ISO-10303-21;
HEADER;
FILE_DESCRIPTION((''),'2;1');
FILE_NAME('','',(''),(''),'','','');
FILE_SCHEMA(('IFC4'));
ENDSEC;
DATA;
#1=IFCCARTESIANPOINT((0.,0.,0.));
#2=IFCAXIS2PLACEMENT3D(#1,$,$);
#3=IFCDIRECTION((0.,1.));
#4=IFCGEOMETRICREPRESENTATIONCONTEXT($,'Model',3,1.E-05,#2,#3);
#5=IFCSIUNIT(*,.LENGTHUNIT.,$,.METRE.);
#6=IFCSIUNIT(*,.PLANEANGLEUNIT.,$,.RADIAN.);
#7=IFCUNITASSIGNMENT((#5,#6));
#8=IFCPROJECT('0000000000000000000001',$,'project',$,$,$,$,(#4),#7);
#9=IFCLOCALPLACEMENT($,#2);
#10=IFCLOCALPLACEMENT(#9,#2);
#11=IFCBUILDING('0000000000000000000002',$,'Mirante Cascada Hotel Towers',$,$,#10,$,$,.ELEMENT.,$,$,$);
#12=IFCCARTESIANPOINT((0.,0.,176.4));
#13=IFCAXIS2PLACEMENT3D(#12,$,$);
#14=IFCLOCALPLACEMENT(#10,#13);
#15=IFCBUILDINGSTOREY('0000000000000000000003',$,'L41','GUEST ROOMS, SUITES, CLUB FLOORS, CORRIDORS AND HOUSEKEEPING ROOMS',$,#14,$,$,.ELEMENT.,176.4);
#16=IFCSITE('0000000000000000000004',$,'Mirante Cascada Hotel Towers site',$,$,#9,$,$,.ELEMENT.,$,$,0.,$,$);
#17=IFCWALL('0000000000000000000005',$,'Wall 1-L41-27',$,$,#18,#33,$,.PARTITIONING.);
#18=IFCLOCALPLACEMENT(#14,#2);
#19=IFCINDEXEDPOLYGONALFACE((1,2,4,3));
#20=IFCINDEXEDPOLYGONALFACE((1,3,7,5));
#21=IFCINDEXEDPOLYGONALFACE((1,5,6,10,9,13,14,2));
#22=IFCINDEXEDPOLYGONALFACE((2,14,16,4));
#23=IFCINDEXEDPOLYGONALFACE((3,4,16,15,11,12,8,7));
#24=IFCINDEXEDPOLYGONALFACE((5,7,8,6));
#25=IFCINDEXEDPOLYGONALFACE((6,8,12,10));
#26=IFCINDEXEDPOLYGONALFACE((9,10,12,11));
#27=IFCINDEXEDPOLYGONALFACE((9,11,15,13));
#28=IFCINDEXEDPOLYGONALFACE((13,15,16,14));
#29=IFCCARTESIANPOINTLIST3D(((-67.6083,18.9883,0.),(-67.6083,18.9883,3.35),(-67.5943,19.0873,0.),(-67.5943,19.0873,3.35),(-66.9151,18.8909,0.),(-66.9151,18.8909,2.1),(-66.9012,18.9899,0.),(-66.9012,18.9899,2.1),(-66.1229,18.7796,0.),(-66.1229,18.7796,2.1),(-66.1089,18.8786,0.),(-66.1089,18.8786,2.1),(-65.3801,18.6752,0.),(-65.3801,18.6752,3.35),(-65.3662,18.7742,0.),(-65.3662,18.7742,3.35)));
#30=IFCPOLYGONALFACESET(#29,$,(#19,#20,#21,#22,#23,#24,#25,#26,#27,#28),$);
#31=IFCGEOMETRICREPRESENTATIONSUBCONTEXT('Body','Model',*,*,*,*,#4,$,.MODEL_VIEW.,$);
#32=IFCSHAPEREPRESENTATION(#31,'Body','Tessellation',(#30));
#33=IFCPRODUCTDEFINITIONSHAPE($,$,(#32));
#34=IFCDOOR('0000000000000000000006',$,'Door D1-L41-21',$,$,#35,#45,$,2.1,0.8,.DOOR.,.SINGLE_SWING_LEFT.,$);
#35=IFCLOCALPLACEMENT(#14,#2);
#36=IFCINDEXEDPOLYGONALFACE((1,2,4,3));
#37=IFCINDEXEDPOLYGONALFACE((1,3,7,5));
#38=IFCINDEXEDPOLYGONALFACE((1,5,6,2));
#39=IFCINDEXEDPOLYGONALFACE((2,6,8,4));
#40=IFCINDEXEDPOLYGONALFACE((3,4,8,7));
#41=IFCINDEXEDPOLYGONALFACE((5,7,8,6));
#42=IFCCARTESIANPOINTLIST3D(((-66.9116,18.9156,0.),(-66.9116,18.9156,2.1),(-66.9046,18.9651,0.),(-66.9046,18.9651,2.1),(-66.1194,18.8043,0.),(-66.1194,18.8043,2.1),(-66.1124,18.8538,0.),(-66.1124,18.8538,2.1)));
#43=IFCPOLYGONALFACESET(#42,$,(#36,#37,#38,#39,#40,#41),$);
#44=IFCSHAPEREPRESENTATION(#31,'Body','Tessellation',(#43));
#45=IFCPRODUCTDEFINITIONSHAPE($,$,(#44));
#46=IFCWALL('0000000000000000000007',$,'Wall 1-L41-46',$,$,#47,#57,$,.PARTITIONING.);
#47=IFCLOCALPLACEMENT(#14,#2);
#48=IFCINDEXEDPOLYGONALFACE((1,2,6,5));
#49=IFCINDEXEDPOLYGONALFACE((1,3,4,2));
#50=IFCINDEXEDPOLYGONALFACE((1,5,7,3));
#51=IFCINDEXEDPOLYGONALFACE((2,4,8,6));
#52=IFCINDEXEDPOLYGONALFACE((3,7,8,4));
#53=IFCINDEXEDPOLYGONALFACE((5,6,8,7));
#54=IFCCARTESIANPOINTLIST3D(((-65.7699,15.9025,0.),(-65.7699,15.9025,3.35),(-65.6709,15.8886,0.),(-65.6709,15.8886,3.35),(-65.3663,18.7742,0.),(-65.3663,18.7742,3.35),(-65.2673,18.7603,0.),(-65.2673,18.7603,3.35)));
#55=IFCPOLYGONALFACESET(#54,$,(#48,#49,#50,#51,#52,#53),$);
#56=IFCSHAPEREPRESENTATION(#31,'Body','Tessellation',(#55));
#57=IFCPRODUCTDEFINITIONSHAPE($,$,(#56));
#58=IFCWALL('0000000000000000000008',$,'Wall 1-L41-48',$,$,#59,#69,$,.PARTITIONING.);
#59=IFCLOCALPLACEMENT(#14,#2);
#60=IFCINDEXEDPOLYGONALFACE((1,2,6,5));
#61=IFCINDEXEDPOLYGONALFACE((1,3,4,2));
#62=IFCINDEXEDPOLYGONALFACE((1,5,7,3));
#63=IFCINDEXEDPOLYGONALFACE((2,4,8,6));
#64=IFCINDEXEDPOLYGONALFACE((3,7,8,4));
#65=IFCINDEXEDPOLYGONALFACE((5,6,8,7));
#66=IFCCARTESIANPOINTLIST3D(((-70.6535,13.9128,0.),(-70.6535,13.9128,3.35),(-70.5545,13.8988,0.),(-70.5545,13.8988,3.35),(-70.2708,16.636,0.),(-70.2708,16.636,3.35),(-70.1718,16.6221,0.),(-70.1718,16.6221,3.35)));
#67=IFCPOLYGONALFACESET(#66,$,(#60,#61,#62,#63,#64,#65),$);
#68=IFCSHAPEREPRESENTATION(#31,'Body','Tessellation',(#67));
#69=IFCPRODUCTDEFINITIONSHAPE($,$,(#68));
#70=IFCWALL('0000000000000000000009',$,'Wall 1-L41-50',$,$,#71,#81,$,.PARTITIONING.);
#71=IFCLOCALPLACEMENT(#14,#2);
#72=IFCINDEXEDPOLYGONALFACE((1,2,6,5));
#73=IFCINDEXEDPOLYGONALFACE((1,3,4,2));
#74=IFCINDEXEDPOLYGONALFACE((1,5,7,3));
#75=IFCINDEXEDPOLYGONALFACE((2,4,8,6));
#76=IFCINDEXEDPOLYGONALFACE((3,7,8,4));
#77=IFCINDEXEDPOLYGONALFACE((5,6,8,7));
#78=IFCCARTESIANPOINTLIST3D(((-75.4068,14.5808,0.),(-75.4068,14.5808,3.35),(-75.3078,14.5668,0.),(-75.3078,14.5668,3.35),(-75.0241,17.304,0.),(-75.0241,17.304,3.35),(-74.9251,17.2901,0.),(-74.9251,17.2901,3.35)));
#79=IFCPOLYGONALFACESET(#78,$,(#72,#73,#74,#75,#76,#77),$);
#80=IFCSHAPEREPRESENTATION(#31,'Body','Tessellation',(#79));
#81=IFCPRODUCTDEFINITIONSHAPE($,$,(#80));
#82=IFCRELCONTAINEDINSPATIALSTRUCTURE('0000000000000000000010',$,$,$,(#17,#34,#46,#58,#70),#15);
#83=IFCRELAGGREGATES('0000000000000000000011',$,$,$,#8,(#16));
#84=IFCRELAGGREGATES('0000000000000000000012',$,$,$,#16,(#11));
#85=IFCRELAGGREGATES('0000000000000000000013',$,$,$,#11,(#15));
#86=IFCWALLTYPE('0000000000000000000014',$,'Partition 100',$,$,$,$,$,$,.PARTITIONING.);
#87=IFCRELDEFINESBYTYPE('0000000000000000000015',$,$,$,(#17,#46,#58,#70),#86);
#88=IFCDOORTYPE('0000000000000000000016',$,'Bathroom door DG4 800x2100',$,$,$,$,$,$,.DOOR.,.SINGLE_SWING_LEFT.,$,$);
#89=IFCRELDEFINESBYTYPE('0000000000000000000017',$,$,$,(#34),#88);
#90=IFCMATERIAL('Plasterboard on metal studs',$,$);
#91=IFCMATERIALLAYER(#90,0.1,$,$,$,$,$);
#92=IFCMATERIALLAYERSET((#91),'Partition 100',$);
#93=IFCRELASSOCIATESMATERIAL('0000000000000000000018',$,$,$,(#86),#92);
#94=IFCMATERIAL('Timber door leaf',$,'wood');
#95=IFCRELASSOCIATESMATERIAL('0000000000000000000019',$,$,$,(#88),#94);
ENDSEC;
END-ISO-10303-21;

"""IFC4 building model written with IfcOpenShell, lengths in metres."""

from ifc_helpers import new_model, si_unit, direction, frame, frame_2d, origin, place, context, subcontext, project, spatial, rectangle, extrude, material, layer, layer_set, type_object, element, fill, save


model = new_model("IFC4")

# Units and contexts
model_context = context("Model", 3, precision=1e-05, world=origin(), true_north=direction((0.0, 1.0)))
body_context = subcontext(model_context, "Body", "Model", "MODEL_VIEW")
ifc_project = project(units=[si_unit("LENGTHUNIT", "METRE"), si_unit("PLANEANGLEUNIT", "RADIAN")], contexts=[model_context])

# Site, building, storey
site_placement = place(None, origin())
site = spatial("IfcSite", under=ifc_project, at=site_placement, Name="Mirante Cascada Hotel Towers site", CompositionType="ELEMENT", RefElevation=0.0)
building_placement = place(site_placement, origin())
building = spatial("IfcBuilding", under=site, at=building_placement, Name="Mirante Cascada Hotel Towers", CompositionType="ELEMENT")
storey_placement = place(building_placement, frame((0.0, 0.0, 176.4)))
storey = spatial("IfcBuildingStorey", under=building, at=storey_placement, Name="L41", Description="GUEST ROOMS, SUITES, CLUB FLOORS, CORRIDORS AND HOUSEKEEPING ROOMS", CompositionType="ELEMENT", Elevation=176.4)

# Shared definitions
ifc_material_1 = material(Name="Plasterboard on metal studs")
ifc_layer_1 = layer(ifc_material_1, 0.1)
ifc_layer_set_1 = layer_set([ifc_layer_1], Name="Partition 100")
wall_type_1 = type_object("IfcWallType", Name="Partition 100", PredefinedType="PARTITIONING", material=ifc_layer_set_1)

# Shared definitions
ifc_material_2 = material(Name="Timber door leaf", Category="wood")
door_type = type_object("IfcDoorType", Name="Bathroom door DG4 800x2100", OperationType="SINGLE_SWING_LEFT", PredefinedType="DOOR", material=ifc_material_2)

# Wall, opening, door
wall_1_placement = place(storey_placement, frame((-67.6013, 19.0378, 0.0), z_axis=(0.0, 0.0, 1.0), x_axis=(0.990271, -0.139156, 0.0)))
wall_1 = element("IfcWall", 1, at=wall_1_placement, inside=storey, type_object=wall_type_1, Name="Wall 1-L41-27", PredefinedType="PARTITIONING", context=body_context, shape_type="SweptSolid", body=[
    extrude(rectangle(XDim=2.25, YDim=0.1, at=frame_2d((1.125, 0.0))), origin(), (0.0, 0.0, 1.0), 3.35),
])
opening_1_placement = place(wall_1_placement, frame((0.7, 0.0, 0.0)))
opening_1 = element("IfcOpeningElement", 2, at=opening_1_placement, cuts=wall_1, PredefinedType="OPENING", context=body_context, shape_type="SweptSolid", body=[
    extrude(rectangle(XDim=0.8, YDim=2.1, at=frame_2d((0.4, 1.05))), frame((0.0, 0.05, 0.0), z_axis=(0.0, -1.0, 0.0), x_axis=(1.0, 0.0, 0.0)), (0.0, 0.0, 1.0), 0.1),
])
door_1_placement = place(opening_1_placement, origin())
door_1 = element("IfcDoor", 3, at=door_1_placement, inside=storey, type_object=door_type, Name="Door D1-L41-21", OperationType="SINGLE_SWING_LEFT", OverallHeight=2.1, OverallWidth=0.8, PredefinedType="DOOR", context=body_context, shape_type="SweptSolid", body=[
    extrude(rectangle(XDim=0.8, YDim=2.1, at=frame_2d((0.4, 1.05))), frame((0.0, 0.025, 0.0), z_axis=(0.0, -1.0, 0.0), x_axis=(1.0, 0.0, 0.0)), (0.0, 0.0, 1.0), 0.05),
])
fill(opening_1, door_1)

# Walls
wall_2_placement = place(storey_placement, frame((-65.7204, 15.8955, 0.0), z_axis=(0.0, 0.0, 1.0), x_axis=(0.139176, 0.990268, 0.0)))
element("IfcWall", 4, at=wall_2_placement, inside=storey, type_object=wall_type_1, Name="Wall 1-L41-46", PredefinedType="PARTITIONING", context=body_context, shape_type="SweptSolid", body=[
    extrude(rectangle(XDim=2.8999, YDim=0.1, at=frame_2d((1.45, 0.0))), origin(), (0.0, 0.0, 1.0), 3.35),
])
for number, where, z_axis, x_axis, name in (
    (5, (-70.604, 13.9058, 0.0), (0.0, 0.0, 1.0), (0.139166, 0.990269, 0.0), "Wall 1-L41-48"),
    (6, (-75.3573, 14.5738, 0.0), (0.0, 0.0, 1.0), (0.139166, 0.990269, 0.0), "Wall 1-L41-50"),
):
    element("IfcWall", number, at=place(storey_placement, frame(where, z_axis=z_axis, x_axis=x_axis)), inside=storey, type_object=wall_type_1, Name=name, PredefinedType="PARTITIONING", context=body_context, shape_type="SweptSolid", body=[
        extrude(rectangle(XDim=2.75, YDim=0.1, at=frame_2d((1.375, 0.0))), origin(), (0.0, 0.0, 1.0), 3.35),
    ])

save(model, "model.ifc")
